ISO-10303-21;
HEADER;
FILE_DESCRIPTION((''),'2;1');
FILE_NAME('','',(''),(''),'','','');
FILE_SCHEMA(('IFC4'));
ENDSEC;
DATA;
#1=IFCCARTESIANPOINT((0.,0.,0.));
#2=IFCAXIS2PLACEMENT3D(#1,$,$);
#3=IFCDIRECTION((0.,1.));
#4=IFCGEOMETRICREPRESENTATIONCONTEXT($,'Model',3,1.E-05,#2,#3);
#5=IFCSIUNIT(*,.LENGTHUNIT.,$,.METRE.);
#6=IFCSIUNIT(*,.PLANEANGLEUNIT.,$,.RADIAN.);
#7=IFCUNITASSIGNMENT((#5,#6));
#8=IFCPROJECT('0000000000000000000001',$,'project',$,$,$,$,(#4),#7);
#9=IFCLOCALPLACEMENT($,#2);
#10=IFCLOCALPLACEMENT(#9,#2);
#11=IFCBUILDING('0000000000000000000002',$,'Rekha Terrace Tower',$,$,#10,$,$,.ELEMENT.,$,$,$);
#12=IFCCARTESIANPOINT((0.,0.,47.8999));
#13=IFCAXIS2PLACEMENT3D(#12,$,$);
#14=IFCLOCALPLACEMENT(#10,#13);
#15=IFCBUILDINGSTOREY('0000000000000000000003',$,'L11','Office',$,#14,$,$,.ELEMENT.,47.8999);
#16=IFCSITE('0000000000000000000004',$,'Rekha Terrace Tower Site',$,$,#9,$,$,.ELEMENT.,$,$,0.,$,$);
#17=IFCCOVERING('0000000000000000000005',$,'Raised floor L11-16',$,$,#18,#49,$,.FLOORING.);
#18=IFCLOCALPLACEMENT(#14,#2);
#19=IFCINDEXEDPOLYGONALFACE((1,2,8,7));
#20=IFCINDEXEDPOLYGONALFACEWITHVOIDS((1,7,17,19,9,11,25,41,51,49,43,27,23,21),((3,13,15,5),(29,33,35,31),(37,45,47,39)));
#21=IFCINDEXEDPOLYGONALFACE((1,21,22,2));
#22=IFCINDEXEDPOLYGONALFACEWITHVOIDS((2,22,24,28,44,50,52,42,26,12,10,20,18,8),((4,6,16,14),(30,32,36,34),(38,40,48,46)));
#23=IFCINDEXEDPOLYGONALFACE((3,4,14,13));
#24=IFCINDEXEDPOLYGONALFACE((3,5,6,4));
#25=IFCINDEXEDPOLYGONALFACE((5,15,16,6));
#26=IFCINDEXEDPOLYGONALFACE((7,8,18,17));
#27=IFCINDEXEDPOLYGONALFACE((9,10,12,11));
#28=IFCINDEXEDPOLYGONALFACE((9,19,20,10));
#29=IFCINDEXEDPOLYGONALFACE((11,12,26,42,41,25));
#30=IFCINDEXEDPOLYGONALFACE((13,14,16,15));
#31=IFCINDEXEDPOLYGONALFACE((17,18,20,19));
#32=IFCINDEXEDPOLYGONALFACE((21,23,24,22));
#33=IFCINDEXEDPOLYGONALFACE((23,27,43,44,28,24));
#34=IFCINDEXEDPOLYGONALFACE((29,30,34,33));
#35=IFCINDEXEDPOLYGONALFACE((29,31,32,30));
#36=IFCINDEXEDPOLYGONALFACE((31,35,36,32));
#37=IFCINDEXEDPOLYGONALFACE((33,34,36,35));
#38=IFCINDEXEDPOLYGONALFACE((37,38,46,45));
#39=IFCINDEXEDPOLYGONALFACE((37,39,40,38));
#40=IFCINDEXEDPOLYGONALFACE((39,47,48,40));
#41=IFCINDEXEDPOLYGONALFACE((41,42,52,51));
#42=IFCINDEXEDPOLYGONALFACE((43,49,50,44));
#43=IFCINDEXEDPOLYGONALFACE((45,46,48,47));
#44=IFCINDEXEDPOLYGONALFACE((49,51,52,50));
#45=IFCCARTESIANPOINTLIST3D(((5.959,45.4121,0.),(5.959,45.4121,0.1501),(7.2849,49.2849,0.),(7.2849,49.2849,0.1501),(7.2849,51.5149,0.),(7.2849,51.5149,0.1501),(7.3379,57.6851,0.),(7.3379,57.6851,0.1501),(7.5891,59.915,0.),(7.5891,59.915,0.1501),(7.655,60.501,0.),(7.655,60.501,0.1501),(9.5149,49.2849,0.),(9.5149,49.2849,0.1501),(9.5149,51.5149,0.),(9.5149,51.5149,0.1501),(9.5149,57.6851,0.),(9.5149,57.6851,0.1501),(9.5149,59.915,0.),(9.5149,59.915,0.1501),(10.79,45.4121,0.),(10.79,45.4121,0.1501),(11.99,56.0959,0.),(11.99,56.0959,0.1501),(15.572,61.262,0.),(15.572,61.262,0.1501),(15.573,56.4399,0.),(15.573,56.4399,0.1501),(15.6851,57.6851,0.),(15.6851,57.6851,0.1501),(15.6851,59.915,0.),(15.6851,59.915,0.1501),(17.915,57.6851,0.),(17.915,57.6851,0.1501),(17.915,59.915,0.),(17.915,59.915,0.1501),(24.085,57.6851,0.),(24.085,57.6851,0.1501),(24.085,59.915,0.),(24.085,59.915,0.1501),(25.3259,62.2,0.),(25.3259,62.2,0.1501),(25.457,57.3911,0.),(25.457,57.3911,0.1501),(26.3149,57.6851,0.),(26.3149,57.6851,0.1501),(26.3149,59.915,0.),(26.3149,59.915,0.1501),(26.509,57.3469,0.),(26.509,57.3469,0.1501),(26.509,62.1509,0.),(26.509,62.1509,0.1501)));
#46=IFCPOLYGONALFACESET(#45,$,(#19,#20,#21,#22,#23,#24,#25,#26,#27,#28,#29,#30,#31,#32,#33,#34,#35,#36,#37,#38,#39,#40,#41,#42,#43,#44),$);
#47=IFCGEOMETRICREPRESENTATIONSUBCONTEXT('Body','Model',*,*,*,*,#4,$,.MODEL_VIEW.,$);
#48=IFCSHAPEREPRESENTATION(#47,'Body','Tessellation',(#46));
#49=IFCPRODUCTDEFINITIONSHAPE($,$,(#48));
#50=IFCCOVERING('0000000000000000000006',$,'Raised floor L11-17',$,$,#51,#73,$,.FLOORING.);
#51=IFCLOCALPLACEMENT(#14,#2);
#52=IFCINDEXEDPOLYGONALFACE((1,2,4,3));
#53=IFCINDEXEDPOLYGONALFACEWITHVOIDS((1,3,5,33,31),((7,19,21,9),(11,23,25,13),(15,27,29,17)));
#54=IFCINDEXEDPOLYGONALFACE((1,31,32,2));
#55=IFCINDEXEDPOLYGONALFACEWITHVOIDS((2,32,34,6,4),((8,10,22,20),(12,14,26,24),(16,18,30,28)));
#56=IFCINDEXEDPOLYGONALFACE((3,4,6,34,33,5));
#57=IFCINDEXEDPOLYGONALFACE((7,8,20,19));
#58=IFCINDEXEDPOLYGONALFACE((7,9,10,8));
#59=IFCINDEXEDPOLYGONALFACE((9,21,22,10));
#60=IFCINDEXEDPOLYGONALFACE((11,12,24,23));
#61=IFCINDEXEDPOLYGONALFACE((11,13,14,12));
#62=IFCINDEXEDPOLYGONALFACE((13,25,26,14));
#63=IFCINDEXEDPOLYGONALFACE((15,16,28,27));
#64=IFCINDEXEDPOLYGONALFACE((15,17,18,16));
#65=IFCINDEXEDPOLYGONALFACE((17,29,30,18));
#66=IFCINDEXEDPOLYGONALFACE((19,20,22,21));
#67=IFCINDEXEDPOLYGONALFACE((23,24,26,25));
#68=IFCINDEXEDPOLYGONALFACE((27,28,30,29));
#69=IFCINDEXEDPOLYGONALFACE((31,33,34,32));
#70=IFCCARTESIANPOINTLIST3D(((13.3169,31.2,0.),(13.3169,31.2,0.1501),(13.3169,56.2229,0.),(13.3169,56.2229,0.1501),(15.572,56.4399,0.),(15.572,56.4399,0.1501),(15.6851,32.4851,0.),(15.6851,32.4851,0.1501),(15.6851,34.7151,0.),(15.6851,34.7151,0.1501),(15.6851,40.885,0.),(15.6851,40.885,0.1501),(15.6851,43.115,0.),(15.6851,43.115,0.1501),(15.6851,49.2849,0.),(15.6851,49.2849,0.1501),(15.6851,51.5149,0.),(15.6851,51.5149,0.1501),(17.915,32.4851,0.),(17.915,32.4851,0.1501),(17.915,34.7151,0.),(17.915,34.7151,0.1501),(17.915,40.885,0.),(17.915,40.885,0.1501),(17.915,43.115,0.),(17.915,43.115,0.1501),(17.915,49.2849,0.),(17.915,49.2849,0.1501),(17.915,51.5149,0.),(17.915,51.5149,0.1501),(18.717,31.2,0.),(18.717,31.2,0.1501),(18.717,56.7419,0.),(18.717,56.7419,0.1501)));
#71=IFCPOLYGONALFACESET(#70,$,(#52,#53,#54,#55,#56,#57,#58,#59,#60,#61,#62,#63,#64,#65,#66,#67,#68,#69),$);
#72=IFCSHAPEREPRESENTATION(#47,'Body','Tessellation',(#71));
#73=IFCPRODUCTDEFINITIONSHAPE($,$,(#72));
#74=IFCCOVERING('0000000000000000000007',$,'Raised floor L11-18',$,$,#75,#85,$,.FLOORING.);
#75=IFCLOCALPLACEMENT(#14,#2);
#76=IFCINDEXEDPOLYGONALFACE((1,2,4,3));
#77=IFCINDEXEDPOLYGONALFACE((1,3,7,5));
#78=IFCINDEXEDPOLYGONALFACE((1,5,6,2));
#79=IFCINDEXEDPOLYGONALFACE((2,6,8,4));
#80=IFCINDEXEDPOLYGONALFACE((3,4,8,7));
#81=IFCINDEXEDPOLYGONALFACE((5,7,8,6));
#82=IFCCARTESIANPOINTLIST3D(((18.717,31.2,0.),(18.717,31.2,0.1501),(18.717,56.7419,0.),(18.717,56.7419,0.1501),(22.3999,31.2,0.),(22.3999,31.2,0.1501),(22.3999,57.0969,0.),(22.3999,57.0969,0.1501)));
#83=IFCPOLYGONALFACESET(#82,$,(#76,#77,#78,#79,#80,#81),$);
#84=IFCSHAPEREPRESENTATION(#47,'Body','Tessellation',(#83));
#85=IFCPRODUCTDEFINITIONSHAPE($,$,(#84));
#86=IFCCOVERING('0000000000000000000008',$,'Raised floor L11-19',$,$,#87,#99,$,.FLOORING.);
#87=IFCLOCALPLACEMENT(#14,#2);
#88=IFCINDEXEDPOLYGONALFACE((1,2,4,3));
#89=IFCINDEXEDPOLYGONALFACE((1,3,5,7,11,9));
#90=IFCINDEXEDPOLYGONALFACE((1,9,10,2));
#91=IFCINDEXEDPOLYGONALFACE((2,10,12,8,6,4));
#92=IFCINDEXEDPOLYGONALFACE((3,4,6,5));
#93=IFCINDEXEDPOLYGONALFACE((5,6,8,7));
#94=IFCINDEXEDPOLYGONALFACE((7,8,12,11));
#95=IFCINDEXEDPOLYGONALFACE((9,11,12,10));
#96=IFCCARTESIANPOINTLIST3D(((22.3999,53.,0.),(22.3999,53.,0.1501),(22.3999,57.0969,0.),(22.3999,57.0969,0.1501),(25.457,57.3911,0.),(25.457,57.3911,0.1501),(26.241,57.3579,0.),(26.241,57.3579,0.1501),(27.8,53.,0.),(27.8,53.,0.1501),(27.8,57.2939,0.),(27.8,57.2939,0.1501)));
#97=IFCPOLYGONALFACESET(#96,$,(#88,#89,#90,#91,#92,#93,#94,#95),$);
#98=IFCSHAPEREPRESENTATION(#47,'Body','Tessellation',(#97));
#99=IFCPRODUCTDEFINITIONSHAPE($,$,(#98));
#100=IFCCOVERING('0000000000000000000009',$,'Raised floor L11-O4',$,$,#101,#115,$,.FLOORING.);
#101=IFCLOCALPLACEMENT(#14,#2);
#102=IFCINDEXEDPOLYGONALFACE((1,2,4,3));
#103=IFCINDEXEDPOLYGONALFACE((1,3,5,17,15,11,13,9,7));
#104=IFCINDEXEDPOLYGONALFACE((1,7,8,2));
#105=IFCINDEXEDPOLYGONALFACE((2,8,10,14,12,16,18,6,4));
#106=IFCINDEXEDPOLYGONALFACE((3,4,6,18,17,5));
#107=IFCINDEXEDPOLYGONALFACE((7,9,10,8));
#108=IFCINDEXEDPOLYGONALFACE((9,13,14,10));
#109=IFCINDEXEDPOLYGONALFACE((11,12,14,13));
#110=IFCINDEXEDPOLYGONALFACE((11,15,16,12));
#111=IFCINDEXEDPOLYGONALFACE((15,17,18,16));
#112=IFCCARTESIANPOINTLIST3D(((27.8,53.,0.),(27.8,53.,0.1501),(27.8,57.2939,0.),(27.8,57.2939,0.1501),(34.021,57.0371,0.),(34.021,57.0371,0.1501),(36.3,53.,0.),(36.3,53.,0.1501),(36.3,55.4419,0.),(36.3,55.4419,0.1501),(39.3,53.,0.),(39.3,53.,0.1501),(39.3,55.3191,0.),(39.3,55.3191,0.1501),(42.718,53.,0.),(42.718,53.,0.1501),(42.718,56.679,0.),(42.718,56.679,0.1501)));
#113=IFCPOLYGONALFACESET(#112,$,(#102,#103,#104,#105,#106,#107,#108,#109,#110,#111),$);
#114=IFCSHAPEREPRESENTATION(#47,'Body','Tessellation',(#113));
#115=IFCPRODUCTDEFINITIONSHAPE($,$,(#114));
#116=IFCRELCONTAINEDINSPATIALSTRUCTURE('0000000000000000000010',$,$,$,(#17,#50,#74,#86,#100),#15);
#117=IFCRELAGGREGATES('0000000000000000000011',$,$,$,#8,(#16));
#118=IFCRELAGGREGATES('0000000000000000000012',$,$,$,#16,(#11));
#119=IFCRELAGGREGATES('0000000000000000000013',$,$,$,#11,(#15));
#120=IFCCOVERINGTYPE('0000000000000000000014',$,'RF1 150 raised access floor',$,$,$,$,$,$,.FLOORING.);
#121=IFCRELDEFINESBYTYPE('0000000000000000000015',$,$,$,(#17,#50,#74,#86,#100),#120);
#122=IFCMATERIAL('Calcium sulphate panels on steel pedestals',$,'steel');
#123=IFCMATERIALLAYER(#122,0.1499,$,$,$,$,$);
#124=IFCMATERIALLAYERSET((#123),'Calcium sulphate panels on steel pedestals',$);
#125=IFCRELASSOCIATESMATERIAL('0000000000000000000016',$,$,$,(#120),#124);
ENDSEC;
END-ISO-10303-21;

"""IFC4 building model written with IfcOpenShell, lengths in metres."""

from ifc_helpers import new_model, si_unit, direction, frame, origin, place, context, subcontext, project, spatial, polyline, outline, extrude, material, layer, layer_set, type_object, element, save


model = new_model("IFC4")

# Units and contexts
model_context = context("Model", 3, precision=1e-05, world=origin(), true_north=direction((0.0, 1.0)))
body_context = subcontext(model_context, "Body", "Model", "MODEL_VIEW")
ifc_project = project(units=[si_unit("LENGTHUNIT", "METRE"), si_unit("PLANEANGLEUNIT", "RADIAN")], contexts=[model_context])

# Site, building, storey
site_placement = place(None, origin())
site = spatial("IfcSite", under=ifc_project, at=site_placement, Name="Rekha Terrace Tower Site", CompositionType="ELEMENT", RefElevation=0.0)
building_placement = place(site_placement, origin())
building = spatial("IfcBuilding", under=site, at=building_placement, Name="Rekha Terrace Tower", CompositionType="ELEMENT")
storey_placement = place(building_placement, frame((0.0, 0.0, 47.8999)))
storey = spatial("IfcBuildingStorey", under=building, at=storey_placement, Name="L11", Description="Office", CompositionType="ELEMENT", Elevation=47.8999)

# Coverings
ifc_material_1 = material(Name="Calcium sulphate panels on steel pedestals", Category="steel")
ifc_layer_1 = layer(ifc_material_1, 0.1499)
ifc_layer_set_1 = layer_set([ifc_layer_1], Name="Calcium sulphate panels on steel pedestals")
covering_type_1 = type_object("IfcCoveringType", Name="RF1 150 raised access floor", PredefinedType="FLOORING", material=ifc_layer_set_1)
covering_1_placement = place(storey_placement, origin())
element("IfcCovering", 1, at=covering_1_placement, inside=storey, type_object=covering_type_1, Name="Raised floor L11-16", PredefinedType="FLOORING", context=body_context, shape_type="SweptSolid", body=[
    extrude(outline(polyline([(25.3259, 62.2), (15.572, 61.262), (7.655, 60.501), (7.5891, 59.915), (9.5149, 59.915), (9.5149, 57.6851), (7.3379, 57.6851), (5.959, 45.4121), (10.79, 45.4121), (11.99, 56.0959), (15.573, 56.4399), (25.457, 57.3911), (26.509, 57.3469), (26.509, 62.1509), (25.3259, 62.2)]), holes=[polyline([(26.3149, 57.6851), (24.085, 57.6851), (24.085, 59.915), (26.3149, 59.915), (26.3149, 57.6851)]), polyline([(17.915, 57.6851), (15.6851, 57.6851), (15.6851, 59.915), (17.915, 59.915), (17.915, 57.6851)]), polyline([(9.5149, 51.5149), (9.5149, 49.2849), (7.2849, 49.2849), (7.2849, 51.5149), (9.5149, 51.5149)])]), origin(), (0.0, 0.0, 1.0), 0.1501),
])
covering_2_placement = place(storey_placement, origin())
element("IfcCovering", 2, at=covering_2_placement, inside=storey, type_object=covering_type_1, Name="Raised floor L11-17", PredefinedType="FLOORING", context=body_context, shape_type="SweptSolid", body=[
    extrude(outline(polyline([(18.717, 56.7419), (15.572, 56.4399), (13.3169, 56.2229), (13.3169, 31.2), (18.717, 31.2), (18.717, 56.7419)]), holes=[polyline([(17.915, 32.4851), (15.6851, 32.4851), (15.6851, 34.7151), (17.915, 34.7151), (17.915, 32.4851)]), polyline([(17.915, 40.885), (15.6851, 40.885), (15.6851, 43.115), (17.915, 43.115), (17.915, 40.885)]), polyline([(17.915, 49.2849), (15.6851, 49.2849), (15.6851, 51.5149), (17.915, 51.5149), (17.915, 49.2849)])]), origin(), (0.0, 0.0, 1.0), 0.1501),
])
covering_3_placement = place(storey_placement, origin())
element("IfcCovering", 3, at=covering_3_placement, inside=storey, type_object=covering_type_1, Name="Raised floor L11-18", PredefinedType="FLOORING", context=body_context, shape_type="SweptSolid", body=[
    extrude(outline(polyline([(22.3999, 57.0969), (18.717, 56.7419), (18.717, 31.2), (22.3999, 31.2), (22.3999, 57.0969)])), origin(), (0.0, 0.0, 1.0), 0.1501),
])
covering_4_placement = place(storey_placement, origin())
element("IfcCovering", 4, at=covering_4_placement, inside=storey, type_object=covering_type_1, Name="Raised floor L11-19", PredefinedType="FLOORING", context=body_context, shape_type="SweptSolid", body=[
    extrude(outline(polyline([(22.3999, 53.0), (27.8, 53.0), (27.8, 57.2939), (26.241, 57.3579), (25.457, 57.3911), (22.3999, 57.0969), (22.3999, 53.0)])), origin(), (0.0, 0.0, 1.0), 0.1501),
])
covering_5_placement = place(storey_placement, origin())
element("IfcCovering", 5, at=covering_5_placement, inside=storey, type_object=covering_type_1, Name="Raised floor L11-O4", PredefinedType="FLOORING", context=body_context, shape_type="SweptSolid", body=[
    extrude(outline(polyline([(42.718, 56.679), (34.021, 57.0371), (27.8, 57.2939), (27.8, 53.0), (36.3, 53.0), (36.3, 55.4419), (39.3, 55.3191), (39.3, 53.0), (42.718, 53.0), (42.718, 56.679)])), origin(), (0.0, 0.0, 1.0), 0.1501),
])

save(model, "model.ifc")
